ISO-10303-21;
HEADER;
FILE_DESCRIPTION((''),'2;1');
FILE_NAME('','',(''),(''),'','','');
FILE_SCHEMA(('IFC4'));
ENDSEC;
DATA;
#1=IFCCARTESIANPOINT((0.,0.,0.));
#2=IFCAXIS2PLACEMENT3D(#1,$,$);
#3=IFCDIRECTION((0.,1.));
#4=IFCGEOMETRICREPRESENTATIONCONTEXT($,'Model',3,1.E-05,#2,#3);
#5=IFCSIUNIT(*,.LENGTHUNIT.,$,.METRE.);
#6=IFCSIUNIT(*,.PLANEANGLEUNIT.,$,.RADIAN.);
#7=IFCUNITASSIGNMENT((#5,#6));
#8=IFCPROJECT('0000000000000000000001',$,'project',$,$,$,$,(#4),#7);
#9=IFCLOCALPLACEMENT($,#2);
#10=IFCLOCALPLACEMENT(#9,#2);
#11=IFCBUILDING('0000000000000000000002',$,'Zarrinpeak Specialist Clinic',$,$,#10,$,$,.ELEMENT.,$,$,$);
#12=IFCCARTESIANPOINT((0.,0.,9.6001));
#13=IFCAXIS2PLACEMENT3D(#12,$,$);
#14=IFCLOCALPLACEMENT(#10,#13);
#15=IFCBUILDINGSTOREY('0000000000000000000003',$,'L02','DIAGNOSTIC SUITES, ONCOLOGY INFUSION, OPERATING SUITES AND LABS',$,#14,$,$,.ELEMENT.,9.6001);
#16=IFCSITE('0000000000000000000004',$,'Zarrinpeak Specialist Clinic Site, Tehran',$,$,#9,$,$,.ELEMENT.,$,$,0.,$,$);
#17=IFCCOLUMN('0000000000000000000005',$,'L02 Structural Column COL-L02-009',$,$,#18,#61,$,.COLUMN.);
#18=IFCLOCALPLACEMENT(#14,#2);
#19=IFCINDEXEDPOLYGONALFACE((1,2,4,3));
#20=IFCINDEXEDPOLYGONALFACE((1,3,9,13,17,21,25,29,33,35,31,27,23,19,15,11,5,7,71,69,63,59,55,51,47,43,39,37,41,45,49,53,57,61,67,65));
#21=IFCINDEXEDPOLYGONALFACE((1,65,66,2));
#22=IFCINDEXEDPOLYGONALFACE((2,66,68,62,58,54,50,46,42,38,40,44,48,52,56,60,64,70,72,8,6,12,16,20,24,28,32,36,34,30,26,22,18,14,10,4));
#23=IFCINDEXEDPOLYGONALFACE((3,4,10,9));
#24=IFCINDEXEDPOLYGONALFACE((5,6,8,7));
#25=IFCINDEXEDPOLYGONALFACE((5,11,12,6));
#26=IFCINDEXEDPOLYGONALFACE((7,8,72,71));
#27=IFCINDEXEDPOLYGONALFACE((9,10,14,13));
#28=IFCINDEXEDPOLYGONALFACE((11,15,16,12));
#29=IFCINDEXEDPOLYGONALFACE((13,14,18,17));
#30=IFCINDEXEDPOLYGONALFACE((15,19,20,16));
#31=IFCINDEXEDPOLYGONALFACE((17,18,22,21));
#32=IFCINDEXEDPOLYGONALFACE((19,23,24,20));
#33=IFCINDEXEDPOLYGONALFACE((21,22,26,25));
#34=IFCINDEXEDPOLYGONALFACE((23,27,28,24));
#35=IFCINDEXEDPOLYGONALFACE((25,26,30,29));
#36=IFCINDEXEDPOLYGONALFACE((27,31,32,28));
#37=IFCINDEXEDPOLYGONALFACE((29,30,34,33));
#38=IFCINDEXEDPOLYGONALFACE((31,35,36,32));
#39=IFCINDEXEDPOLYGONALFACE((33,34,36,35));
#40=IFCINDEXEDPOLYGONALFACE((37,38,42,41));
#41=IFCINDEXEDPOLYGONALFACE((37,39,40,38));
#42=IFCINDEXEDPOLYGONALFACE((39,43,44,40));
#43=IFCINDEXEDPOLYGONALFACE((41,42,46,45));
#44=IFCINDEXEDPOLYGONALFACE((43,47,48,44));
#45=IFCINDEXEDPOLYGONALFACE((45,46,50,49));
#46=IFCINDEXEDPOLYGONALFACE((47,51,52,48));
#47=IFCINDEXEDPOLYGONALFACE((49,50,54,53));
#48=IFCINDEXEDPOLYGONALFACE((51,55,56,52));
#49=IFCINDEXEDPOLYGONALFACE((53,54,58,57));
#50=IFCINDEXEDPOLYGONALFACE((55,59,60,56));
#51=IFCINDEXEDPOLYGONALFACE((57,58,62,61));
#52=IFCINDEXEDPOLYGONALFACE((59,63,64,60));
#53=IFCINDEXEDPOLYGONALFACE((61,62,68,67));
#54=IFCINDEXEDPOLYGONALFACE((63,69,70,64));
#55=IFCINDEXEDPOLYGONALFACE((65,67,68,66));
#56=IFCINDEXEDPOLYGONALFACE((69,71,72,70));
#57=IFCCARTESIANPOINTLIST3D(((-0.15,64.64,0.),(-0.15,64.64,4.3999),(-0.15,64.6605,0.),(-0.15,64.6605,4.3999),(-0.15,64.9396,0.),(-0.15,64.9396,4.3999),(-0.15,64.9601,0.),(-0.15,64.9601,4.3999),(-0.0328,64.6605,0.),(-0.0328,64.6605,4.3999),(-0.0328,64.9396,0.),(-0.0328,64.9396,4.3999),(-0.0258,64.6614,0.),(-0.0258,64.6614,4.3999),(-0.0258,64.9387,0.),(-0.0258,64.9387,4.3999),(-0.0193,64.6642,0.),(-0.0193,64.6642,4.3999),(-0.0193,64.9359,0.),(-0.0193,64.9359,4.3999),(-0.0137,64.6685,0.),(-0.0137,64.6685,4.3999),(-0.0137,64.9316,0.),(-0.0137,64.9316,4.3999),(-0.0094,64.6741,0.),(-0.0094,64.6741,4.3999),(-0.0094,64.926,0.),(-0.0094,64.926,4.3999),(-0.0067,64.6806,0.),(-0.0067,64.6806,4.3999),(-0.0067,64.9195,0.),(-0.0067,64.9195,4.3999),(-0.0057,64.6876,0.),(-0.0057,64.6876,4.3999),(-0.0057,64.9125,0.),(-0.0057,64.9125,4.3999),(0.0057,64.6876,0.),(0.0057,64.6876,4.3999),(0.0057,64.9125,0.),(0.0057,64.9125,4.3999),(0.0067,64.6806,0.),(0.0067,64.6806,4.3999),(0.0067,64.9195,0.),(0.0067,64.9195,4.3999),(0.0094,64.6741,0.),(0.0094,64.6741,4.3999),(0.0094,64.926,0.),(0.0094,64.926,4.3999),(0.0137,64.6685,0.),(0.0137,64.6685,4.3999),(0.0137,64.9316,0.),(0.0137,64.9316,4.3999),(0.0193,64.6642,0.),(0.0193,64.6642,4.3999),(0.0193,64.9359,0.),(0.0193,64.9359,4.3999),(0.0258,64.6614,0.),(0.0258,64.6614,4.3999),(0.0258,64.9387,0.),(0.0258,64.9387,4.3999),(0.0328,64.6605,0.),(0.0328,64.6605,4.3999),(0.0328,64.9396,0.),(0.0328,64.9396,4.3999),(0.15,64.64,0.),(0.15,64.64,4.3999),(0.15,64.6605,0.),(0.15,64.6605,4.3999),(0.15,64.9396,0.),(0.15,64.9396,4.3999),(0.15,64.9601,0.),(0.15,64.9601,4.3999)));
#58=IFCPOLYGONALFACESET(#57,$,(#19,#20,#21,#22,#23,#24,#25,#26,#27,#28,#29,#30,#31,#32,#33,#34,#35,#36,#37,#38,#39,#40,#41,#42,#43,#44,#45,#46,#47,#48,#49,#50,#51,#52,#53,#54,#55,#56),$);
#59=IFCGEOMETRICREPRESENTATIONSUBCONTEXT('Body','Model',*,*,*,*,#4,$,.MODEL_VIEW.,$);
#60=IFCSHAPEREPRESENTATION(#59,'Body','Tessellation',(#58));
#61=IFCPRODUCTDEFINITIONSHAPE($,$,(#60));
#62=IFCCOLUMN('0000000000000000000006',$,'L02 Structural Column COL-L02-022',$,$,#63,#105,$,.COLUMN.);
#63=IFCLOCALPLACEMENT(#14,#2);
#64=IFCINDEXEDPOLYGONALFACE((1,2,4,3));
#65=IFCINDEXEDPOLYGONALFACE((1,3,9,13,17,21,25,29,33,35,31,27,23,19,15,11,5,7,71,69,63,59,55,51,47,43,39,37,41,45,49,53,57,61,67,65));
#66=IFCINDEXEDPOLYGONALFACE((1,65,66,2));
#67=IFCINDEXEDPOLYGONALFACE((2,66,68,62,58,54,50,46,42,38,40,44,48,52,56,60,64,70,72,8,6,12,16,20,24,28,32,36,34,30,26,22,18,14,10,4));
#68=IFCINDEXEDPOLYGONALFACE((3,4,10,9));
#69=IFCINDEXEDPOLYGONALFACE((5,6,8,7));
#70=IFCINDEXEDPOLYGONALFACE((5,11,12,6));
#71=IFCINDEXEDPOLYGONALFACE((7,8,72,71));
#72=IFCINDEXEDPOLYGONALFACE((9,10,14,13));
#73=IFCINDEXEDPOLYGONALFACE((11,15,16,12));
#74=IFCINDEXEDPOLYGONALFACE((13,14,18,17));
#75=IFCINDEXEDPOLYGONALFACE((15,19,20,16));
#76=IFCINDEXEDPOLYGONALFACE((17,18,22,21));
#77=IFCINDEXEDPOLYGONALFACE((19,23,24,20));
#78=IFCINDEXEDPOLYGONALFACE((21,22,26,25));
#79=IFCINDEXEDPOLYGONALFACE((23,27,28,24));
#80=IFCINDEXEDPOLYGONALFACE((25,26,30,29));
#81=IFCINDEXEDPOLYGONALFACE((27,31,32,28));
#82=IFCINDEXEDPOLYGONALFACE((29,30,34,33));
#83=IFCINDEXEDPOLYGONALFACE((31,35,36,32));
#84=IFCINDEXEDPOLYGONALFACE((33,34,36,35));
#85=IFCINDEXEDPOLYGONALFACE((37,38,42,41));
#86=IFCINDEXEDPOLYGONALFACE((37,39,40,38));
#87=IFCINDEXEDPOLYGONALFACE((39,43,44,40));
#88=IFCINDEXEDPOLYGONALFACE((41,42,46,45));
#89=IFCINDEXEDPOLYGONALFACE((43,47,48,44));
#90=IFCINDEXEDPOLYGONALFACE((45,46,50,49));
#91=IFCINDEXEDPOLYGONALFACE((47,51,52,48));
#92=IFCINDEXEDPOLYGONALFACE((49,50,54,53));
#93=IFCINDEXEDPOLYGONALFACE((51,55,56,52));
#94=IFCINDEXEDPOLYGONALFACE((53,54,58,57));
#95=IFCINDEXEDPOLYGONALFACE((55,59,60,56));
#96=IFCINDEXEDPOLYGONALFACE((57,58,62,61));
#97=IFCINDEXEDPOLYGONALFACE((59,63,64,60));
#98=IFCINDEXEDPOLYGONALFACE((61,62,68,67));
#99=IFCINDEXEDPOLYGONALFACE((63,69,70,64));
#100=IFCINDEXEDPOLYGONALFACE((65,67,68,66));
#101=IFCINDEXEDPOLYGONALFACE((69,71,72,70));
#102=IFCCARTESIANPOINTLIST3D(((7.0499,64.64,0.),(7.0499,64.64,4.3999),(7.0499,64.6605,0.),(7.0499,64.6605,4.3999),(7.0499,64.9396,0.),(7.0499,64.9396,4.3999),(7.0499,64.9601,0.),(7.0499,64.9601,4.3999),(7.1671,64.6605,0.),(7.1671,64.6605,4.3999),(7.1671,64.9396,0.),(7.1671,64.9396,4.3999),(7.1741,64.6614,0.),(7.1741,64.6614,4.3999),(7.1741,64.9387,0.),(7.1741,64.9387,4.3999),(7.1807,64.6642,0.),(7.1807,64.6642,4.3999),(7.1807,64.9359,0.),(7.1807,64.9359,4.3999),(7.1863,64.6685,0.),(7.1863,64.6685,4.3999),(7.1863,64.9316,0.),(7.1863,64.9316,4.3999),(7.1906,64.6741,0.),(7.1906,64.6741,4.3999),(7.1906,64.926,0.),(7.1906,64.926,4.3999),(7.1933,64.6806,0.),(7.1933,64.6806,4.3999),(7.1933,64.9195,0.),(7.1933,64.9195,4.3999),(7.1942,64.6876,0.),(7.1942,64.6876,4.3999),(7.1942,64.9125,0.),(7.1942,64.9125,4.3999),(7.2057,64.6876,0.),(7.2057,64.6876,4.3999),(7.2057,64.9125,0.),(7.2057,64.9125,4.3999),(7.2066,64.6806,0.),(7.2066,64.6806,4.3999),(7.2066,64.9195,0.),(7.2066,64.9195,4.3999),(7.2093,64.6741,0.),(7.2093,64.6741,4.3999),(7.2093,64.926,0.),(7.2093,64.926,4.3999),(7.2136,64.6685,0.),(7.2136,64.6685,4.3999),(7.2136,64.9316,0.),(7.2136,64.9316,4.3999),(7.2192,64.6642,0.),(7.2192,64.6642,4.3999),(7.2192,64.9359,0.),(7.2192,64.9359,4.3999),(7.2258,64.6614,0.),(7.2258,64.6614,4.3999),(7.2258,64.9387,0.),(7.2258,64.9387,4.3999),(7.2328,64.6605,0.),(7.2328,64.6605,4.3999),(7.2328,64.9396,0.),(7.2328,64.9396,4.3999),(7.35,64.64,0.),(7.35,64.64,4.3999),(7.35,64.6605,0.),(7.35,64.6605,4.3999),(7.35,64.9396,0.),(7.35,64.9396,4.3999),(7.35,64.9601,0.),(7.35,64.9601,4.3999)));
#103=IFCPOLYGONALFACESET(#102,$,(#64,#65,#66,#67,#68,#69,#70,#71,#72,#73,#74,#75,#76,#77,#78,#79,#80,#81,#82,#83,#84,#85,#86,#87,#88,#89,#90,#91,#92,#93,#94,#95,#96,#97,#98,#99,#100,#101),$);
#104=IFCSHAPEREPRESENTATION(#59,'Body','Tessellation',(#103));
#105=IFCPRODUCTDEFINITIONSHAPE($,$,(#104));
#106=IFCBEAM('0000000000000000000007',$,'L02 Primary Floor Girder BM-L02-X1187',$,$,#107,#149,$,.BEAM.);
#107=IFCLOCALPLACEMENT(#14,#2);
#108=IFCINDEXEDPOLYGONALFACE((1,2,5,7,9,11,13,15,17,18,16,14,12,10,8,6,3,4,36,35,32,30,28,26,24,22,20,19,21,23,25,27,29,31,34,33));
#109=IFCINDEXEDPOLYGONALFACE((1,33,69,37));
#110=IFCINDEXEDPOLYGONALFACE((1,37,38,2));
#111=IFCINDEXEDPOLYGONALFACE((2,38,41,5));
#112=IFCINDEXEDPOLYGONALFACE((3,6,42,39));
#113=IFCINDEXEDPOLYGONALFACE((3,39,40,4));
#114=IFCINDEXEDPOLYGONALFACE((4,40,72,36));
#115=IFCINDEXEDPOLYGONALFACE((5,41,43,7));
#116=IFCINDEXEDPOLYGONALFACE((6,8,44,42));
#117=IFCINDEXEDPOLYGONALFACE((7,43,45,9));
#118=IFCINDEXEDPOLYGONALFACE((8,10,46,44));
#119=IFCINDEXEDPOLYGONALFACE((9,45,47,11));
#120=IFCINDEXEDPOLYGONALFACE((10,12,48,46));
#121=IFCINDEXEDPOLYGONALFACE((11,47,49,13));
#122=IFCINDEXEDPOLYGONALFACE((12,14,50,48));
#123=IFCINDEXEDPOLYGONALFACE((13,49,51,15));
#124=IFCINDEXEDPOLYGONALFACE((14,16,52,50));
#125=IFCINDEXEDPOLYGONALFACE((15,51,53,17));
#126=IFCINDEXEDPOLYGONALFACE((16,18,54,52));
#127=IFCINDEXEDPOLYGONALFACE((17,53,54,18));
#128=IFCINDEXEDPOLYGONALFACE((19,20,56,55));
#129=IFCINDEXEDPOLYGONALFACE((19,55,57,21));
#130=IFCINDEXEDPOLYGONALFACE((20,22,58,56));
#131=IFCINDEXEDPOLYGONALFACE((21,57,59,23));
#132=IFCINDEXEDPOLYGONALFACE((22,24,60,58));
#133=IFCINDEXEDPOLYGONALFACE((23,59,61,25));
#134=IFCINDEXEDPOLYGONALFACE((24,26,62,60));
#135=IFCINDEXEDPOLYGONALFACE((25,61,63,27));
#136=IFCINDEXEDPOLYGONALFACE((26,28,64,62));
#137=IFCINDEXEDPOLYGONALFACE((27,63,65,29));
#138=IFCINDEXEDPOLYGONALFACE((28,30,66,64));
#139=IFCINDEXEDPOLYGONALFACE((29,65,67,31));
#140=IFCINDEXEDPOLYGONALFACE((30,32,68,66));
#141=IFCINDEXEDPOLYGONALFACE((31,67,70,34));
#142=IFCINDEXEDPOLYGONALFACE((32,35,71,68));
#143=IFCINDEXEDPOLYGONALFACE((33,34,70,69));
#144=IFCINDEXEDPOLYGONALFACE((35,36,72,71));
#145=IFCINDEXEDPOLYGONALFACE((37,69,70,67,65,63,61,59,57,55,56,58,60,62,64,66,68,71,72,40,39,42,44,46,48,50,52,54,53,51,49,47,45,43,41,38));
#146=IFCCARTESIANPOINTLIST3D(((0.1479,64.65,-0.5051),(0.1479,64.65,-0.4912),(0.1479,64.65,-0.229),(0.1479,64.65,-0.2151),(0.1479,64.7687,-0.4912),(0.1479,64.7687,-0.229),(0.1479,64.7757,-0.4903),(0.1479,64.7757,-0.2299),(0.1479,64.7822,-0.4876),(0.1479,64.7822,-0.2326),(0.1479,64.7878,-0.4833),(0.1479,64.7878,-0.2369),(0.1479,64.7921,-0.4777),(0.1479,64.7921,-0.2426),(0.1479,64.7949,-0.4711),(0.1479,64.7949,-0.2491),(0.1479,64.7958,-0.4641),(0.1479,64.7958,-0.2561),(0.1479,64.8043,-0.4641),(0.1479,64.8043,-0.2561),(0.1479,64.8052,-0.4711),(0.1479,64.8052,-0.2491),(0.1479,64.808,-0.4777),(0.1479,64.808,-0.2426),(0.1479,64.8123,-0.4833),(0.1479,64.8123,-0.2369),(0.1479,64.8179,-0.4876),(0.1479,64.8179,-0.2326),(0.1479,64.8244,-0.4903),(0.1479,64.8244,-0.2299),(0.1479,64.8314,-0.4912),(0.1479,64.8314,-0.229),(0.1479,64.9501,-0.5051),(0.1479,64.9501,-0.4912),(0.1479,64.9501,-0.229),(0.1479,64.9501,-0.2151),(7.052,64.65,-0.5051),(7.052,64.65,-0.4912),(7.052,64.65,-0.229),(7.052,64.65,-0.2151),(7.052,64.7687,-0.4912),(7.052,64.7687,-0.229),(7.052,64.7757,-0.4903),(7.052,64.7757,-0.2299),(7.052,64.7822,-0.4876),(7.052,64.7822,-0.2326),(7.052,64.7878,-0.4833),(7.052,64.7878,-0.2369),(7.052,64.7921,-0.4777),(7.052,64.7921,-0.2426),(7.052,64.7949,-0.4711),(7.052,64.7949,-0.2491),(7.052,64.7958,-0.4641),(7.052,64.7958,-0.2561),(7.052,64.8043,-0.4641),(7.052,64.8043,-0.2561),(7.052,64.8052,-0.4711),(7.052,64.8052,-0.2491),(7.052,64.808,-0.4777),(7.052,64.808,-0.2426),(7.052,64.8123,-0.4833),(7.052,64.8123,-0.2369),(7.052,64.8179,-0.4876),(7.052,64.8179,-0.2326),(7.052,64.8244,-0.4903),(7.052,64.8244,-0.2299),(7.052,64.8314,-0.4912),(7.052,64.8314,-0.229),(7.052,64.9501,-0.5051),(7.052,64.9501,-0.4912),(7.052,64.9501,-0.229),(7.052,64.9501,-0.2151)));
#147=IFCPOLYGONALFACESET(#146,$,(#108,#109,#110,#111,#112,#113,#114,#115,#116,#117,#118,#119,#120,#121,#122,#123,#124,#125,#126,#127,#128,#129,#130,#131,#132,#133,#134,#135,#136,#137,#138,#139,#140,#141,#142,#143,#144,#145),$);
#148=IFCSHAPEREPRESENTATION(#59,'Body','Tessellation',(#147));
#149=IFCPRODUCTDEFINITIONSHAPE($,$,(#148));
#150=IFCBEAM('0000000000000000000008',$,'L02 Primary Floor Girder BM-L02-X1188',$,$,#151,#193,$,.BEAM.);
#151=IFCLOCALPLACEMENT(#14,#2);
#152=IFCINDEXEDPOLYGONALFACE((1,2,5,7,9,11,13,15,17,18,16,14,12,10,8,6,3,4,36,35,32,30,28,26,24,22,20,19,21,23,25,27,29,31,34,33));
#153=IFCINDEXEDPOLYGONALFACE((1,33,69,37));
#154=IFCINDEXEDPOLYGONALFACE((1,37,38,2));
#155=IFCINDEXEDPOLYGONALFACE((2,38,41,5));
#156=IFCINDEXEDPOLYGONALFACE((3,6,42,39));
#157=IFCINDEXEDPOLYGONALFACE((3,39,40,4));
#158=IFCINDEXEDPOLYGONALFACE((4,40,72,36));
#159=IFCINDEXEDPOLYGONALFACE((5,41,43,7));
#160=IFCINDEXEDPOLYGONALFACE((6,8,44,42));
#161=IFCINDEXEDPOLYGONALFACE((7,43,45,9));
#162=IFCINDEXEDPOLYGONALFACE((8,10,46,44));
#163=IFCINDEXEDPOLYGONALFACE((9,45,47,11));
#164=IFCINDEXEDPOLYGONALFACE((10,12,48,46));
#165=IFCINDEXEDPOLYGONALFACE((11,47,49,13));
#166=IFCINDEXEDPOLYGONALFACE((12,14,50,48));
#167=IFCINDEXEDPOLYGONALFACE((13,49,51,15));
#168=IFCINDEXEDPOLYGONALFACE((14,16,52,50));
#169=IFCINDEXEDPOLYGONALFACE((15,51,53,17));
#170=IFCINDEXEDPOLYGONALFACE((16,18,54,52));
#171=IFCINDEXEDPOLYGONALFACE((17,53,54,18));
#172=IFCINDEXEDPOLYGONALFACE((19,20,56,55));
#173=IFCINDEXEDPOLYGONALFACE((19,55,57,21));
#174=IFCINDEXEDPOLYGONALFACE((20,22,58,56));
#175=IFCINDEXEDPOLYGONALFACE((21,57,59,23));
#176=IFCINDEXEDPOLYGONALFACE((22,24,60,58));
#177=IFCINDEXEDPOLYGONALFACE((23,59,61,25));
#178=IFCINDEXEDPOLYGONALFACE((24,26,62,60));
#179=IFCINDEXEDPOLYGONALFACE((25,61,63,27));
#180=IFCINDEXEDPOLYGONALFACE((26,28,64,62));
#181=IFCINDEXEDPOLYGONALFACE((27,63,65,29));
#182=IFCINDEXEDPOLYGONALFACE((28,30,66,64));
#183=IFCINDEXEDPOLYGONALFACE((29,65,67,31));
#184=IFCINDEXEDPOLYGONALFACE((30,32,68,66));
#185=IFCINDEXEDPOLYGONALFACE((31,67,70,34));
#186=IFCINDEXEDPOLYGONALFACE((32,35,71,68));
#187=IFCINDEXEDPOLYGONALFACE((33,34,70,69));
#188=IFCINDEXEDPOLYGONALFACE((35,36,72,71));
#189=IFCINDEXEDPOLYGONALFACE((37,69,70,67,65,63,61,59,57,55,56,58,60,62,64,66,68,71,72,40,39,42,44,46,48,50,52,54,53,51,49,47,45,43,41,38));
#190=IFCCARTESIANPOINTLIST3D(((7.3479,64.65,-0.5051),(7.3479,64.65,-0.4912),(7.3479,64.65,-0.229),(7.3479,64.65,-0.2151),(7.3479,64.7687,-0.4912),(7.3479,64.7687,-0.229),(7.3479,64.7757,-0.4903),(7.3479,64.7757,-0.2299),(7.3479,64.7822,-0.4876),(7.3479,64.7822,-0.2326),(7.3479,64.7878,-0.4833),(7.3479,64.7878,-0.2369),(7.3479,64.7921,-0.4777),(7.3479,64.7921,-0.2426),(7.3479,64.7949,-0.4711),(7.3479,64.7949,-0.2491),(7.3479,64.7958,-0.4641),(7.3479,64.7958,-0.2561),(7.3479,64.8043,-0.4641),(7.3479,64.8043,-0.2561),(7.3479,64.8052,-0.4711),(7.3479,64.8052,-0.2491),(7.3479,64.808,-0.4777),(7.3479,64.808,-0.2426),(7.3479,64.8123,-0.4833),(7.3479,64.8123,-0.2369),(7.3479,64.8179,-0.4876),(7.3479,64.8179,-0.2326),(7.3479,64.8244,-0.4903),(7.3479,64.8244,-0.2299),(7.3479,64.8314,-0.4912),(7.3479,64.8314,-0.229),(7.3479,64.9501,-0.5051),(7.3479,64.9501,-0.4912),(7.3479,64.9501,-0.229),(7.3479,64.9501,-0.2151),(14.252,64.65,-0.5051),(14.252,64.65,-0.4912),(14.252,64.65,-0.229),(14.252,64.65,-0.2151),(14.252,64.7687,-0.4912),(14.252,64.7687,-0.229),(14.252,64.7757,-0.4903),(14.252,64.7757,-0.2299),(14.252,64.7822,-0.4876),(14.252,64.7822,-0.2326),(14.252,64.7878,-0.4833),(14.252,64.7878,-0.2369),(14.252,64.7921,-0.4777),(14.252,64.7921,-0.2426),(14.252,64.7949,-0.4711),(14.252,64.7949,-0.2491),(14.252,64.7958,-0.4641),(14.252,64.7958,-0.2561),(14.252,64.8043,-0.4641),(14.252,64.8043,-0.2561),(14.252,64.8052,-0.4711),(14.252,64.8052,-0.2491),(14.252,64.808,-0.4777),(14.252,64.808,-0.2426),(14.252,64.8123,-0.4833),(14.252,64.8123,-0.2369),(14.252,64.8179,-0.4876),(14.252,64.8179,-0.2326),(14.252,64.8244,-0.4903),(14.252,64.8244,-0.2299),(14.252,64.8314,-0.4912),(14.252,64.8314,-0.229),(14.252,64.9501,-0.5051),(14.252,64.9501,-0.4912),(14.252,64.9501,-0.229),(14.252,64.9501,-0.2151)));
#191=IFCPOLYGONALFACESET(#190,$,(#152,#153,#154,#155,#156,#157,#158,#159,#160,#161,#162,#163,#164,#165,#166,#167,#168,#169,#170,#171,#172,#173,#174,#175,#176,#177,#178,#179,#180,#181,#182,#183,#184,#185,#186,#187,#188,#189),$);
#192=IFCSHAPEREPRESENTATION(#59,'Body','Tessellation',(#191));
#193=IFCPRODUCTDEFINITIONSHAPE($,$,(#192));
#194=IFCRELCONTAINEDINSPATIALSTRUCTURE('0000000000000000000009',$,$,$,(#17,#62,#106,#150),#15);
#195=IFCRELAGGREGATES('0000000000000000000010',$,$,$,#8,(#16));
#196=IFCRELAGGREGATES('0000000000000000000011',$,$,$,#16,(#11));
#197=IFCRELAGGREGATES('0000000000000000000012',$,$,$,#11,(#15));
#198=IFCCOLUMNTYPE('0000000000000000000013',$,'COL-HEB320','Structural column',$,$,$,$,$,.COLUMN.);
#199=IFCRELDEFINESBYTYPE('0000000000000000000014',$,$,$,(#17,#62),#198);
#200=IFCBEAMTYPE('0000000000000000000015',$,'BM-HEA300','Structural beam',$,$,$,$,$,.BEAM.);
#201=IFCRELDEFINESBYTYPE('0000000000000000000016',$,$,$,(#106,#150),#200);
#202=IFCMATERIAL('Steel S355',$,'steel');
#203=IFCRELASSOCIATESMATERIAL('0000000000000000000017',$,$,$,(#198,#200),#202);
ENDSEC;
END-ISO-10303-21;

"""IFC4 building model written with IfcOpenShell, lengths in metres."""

from ifc_helpers import new_model, si_unit, direction, frame, origin, origin_2d, place, context, subcontext, project, spatial, i_section, extrude, material, material_profile, profile_set, type_object, element, save


model = new_model("IFC4")

# Units and contexts
model_context = context("Model", 3, precision=1e-05, world=origin(), true_north=direction((0.0, 1.0)))
body_context = subcontext(model_context, "Body", "Model", "MODEL_VIEW")
ifc_project = project(units=[si_unit("LENGTHUNIT", "METRE"), si_unit("PLANEANGLEUNIT", "RADIAN")], contexts=[model_context])

# Site, building, storey
site_placement = place(None, origin())
site = spatial("IfcSite", under=ifc_project, at=site_placement, Name="Zarrinpeak Specialist Clinic Site, Tehran", CompositionType="ELEMENT", RefElevation=0.0)
building_placement = place(site_placement, origin())
building = spatial("IfcBuilding", under=site, at=building_placement, Name="Zarrinpeak Specialist Clinic", CompositionType="ELEMENT")
storey_placement = place(building_placement, frame((0.0, 0.0, 9.6001)))
storey = spatial("IfcBuildingStorey", under=building, at=storey_placement, Name="L02", Description="DIAGNOSTIC SUITES, ONCOLOGY INFUSION, OPERATING SUITES AND LABS", CompositionType="ELEMENT", Elevation=9.6001)

# Columns
ifc_material_1 = material(Name="Steel S355", Category="steel")
ifc_material_profile_1 = material_profile(ifc_material_1, i_section(OverallWidth=0.3, OverallDepth=0.3201, WebThickness=0.0115, FlangeThickness=0.0205, FilletRadius=0.0271, at=origin_2d()), Name="HEB 320")
ifc_profile_set_1 = profile_set([ifc_material_profile_1], Name="Steel S355")
column_type = type_object("IfcColumnType", Name="COL-HEB320", Description="Structural column", PredefinedType="COLUMN", material=ifc_profile_set_1)
for number, where, z_axis, x_axis, name in (
    (1, (0.0, 64.8, 0.0), (0.0, 0.0, 1.0), (1.0, 0.0, 0.0), "L02 Structural Column COL-L02-009"),
    (2, (7.2, 64.8, 0.0), (0.0, 0.0, 1.0), (1.0, 0.0, 0.0), "L02 Structural Column COL-L02-022"),
):
    element("IfcColumn", number, at=place(storey_placement, frame(where, z_axis=z_axis, x_axis=x_axis)), inside=storey, type_object=column_type, Name=name, PredefinedType="COLUMN", context=body_context, shape_type="SweptSolid", body=[
        extrude(i_section(OverallWidth=0.3, OverallDepth=0.3201, WebThickness=0.0115, FlangeThickness=0.0205, FilletRadius=0.0271, at=origin_2d()), origin(), (0.0, 0.0, 1.0), 4.3999),
    ])

# Beams
ifc_material_profile_2 = material_profile(ifc_material_1, i_section(OverallWidth=0.3, OverallDepth=0.29, WebThickness=0.0085, FlangeThickness=0.0139, FilletRadius=0.0271, at=origin_2d()), Name="HEA 300")
ifc_profile_set_2 = profile_set([ifc_material_profile_2], Name="Steel S355")
beam_type_1 = type_object("IfcBeamType", Name="BM-HEA300", Description="Structural beam", PredefinedType="BEAM", material=ifc_profile_set_2)
for number, where, z_axis, x_axis, name in (
    (3, (0.1479, 64.8, -0.3601), (1.0, 0.0, 0.0), (0.0, 1.0, 0.0), "L02 Primary Floor Girder BM-L02-X1187"),
    (4, (7.3479, 64.8, -0.3601), (1.0, 0.0, 0.0), (0.0, 1.0, 0.0), "L02 Primary Floor Girder BM-L02-X1188"),
):
    element("IfcBeam", number, at=place(storey_placement, frame(where, z_axis=z_axis, x_axis=x_axis)), inside=storey, type_object=beam_type_1, Name=name, PredefinedType="BEAM", context=body_context, shape_type="SweptSolid", body=[
        extrude(i_section(OverallWidth=0.3, OverallDepth=0.29, WebThickness=0.0085, FlangeThickness=0.0139, FilletRadius=0.0271, at=origin_2d()), origin(), (0.0, 0.0, 1.0), 6.9041),
    ])

save(model, "model.ifc")
